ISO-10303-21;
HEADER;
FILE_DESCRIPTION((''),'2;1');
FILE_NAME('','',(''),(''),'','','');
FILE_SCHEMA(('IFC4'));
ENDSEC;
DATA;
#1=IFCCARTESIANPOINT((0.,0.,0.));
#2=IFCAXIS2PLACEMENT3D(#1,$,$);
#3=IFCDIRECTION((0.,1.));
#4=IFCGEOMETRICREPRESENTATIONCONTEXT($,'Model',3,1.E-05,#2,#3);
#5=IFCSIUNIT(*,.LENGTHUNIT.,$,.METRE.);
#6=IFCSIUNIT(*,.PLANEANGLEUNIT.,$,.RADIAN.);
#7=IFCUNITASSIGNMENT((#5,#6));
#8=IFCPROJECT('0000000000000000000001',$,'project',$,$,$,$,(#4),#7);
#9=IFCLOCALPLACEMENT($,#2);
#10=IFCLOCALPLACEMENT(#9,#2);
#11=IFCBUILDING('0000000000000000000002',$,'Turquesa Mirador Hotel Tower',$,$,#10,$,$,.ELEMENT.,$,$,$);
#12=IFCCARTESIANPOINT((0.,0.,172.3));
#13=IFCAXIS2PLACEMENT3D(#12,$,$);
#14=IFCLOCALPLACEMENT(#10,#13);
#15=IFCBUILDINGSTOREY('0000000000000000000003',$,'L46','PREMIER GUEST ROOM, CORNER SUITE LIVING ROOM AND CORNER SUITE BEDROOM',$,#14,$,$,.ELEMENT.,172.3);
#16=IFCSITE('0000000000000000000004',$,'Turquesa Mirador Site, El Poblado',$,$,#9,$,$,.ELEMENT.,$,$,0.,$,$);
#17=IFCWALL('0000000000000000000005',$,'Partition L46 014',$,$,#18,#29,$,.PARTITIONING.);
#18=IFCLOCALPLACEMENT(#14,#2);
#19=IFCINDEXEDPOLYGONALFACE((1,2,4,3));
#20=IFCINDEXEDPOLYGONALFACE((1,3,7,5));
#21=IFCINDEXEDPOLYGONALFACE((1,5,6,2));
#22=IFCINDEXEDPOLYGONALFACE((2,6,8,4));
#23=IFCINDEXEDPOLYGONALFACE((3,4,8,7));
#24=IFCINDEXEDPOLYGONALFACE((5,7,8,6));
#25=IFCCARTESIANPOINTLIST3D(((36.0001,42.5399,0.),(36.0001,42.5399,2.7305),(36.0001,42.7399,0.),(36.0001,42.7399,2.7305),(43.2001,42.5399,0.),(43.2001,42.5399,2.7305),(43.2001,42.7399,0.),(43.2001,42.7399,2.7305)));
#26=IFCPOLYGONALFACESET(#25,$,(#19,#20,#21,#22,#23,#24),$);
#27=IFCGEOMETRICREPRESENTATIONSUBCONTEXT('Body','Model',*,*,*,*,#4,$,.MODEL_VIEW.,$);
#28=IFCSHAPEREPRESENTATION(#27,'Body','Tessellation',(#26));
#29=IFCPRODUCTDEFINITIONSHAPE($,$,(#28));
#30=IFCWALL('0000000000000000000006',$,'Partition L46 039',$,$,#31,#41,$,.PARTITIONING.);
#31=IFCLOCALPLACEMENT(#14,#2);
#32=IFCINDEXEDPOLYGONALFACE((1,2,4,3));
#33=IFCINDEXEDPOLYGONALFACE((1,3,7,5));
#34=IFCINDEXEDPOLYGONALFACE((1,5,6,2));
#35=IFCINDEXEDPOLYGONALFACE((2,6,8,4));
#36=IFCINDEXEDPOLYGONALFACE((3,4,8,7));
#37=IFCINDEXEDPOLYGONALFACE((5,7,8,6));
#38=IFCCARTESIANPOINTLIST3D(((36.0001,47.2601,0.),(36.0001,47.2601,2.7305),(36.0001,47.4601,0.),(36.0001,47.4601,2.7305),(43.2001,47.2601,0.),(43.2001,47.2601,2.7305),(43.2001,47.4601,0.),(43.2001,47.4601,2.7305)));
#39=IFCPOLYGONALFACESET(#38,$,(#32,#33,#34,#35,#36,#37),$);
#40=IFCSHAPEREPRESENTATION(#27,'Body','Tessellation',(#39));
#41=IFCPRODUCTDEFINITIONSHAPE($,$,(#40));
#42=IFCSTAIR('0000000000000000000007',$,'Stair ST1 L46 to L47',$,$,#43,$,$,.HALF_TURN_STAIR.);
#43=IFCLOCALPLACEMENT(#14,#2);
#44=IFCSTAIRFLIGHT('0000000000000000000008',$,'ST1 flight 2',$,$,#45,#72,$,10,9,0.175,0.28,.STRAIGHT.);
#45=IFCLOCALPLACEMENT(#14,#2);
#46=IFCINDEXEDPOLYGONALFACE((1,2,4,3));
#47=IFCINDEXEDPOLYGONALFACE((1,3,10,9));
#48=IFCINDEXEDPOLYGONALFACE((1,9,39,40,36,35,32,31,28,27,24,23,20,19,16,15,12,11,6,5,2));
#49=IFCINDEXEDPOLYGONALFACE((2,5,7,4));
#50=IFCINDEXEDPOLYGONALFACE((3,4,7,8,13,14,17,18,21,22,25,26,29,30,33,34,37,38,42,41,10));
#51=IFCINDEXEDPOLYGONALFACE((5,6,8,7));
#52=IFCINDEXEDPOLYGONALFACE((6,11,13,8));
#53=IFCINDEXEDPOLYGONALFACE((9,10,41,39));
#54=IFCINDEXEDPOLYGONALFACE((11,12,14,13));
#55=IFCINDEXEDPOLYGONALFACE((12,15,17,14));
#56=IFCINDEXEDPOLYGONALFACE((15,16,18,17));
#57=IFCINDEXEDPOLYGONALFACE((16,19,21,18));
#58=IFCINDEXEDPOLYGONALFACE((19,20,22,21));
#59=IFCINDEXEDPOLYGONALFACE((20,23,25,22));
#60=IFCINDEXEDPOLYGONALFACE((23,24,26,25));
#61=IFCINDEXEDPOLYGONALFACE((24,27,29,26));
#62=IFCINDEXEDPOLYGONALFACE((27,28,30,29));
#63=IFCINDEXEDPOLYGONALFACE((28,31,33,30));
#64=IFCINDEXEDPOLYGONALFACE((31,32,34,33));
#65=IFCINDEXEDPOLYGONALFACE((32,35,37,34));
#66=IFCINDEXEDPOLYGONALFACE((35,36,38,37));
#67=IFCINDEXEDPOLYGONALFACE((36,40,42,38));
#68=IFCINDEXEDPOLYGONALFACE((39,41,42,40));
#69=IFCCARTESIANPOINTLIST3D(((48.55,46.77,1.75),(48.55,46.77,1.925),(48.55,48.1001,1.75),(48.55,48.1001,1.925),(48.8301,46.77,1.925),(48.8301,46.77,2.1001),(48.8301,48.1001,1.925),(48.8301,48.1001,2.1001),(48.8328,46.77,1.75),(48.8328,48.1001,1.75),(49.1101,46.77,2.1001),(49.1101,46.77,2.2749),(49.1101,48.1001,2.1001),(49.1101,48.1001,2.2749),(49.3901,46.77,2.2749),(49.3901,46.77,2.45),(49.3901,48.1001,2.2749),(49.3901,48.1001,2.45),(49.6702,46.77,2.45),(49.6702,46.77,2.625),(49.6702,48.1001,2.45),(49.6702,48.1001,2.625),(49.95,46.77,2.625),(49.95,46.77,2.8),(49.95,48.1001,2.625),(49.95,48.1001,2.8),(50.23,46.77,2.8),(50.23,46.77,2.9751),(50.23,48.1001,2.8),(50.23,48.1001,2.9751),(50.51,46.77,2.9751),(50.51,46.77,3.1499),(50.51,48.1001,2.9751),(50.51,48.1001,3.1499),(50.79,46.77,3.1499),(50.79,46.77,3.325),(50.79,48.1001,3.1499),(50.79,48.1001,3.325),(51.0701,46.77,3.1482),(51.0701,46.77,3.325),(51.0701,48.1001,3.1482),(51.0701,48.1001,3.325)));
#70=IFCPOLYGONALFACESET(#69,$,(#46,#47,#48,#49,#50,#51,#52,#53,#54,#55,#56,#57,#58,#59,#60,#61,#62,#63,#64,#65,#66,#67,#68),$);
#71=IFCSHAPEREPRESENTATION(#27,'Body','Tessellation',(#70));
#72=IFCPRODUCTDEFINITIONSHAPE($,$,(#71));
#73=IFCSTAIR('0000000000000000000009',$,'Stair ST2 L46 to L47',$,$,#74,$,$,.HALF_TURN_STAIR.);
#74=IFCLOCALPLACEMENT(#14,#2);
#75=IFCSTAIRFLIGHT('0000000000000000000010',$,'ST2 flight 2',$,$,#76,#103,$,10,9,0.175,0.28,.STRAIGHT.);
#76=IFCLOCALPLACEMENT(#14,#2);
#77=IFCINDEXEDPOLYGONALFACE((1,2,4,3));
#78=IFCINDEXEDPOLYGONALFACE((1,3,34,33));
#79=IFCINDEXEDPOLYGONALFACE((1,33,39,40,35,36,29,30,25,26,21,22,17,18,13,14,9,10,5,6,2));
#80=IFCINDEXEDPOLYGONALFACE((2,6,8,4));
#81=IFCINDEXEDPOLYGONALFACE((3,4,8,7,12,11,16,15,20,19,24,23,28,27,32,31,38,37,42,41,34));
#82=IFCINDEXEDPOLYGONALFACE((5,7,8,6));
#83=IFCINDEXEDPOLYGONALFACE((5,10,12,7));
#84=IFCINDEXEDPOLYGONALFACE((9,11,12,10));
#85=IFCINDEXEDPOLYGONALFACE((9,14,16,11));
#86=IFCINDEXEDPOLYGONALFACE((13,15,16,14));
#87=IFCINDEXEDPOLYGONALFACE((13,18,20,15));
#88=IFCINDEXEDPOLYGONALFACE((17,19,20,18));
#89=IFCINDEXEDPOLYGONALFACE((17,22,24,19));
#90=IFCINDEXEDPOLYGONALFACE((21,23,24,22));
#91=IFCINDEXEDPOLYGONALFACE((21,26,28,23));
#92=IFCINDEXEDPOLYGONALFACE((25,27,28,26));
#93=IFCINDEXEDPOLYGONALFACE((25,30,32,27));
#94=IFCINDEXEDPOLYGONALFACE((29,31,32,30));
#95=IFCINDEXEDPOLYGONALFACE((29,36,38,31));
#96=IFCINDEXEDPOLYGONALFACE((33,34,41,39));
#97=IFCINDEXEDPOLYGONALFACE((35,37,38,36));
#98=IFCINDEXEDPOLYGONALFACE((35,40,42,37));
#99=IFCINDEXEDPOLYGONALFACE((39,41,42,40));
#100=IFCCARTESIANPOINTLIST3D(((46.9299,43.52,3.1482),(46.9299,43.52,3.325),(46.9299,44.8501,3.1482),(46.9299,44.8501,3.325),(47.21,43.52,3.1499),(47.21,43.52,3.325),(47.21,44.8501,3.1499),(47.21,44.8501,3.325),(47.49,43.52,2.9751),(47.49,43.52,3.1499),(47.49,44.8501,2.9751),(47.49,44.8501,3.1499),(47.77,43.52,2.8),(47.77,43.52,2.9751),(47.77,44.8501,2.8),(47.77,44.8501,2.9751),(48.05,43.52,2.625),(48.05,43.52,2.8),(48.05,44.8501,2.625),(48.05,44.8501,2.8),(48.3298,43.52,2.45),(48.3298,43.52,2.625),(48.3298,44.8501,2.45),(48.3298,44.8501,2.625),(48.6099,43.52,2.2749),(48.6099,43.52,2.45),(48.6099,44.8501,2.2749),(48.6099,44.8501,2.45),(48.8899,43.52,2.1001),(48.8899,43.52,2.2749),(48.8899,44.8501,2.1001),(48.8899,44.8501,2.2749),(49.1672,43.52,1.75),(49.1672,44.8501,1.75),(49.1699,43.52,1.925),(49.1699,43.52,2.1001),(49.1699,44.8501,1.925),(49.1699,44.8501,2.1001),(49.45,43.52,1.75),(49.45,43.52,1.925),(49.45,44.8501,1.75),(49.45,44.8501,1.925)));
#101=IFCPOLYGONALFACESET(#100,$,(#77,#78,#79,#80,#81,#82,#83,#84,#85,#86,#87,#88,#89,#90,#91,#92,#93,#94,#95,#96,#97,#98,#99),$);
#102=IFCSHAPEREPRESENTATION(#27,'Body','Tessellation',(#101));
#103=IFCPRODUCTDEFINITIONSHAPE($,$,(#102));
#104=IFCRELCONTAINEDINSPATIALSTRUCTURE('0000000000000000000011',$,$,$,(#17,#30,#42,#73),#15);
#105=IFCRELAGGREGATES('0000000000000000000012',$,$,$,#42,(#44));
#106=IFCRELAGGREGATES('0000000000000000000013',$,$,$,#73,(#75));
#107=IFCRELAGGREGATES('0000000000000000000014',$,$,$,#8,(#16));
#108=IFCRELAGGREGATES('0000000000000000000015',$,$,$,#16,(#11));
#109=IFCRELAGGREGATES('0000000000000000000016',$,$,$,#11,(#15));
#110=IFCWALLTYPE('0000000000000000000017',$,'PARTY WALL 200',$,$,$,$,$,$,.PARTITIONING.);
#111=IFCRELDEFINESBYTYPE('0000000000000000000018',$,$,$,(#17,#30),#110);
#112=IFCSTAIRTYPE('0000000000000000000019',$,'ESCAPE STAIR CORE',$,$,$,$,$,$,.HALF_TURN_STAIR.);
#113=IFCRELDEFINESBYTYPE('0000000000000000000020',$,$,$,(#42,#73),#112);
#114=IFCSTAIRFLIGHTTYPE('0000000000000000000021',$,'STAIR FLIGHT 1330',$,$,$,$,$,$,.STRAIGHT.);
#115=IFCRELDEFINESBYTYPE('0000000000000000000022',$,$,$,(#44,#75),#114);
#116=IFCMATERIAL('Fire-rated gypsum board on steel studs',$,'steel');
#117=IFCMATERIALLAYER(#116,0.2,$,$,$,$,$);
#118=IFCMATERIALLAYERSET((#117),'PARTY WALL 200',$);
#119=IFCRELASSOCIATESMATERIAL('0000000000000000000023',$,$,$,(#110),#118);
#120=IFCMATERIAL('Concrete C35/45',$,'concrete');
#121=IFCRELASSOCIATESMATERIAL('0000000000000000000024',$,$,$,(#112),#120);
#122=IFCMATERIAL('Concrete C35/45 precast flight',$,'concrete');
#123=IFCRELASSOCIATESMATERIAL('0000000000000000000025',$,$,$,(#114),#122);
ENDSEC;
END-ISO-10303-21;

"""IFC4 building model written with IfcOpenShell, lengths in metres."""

from ifc_helpers import new_model, si_unit, direction, frame, frame_2d, origin, place, context, subcontext, project, spatial, polyline, rectangle, outline, extrude, material, layer, layer_set, type_object, element, aggregate, save


model = new_model("IFC4")

# Units and contexts
model_context = context("Model", 3, precision=1e-05, world=origin(), true_north=direction((0.0, 1.0)))
body_context = subcontext(model_context, "Body", "Model", "MODEL_VIEW")
ifc_project = project(units=[si_unit("LENGTHUNIT", "METRE"), si_unit("PLANEANGLEUNIT", "RADIAN")], contexts=[model_context])

# Site, building, storey
site_placement = place(None, origin())
site = spatial("IfcSite", under=ifc_project, at=site_placement, Name="Turquesa Mirador Site, El Poblado", CompositionType="ELEMENT", RefElevation=0.0)
building_placement = place(site_placement, origin())
building = spatial("IfcBuilding", under=site, at=building_placement, Name="Turquesa Mirador Hotel Tower", CompositionType="ELEMENT")
storey_placement = place(building_placement, frame((0.0, 0.0, 172.3)))
storey = spatial("IfcBuildingStorey", under=building, at=storey_placement, Name="L46", Description="PREMIER GUEST ROOM, CORNER SUITE LIVING ROOM AND CORNER SUITE BEDROOM", CompositionType="ELEMENT", Elevation=172.3)

# Walls
ifc_material_1 = material(Name="Fire-rated gypsum board on steel studs", Category="steel")
ifc_layer_1 = layer(ifc_material_1, 0.2)
ifc_layer_set_1 = layer_set([ifc_layer_1], Name="PARTY WALL 200")
wall_type_1 = type_object("IfcWallType", Name="PARTY WALL 200", PredefinedType="PARTITIONING", material=ifc_layer_set_1)
for number, where, z_axis, x_axis, name in (
    (1, (36.0, 42.6399, 0.0), (0.0, 0.0, 1.0), (1.0, 0.0, 0.0), "Partition L46 014"),
    (2, (36.0, 47.3601, 0.0), (0.0, 0.0, 1.0), (1.0, 0.0, 0.0), "Partition L46 039"),
):
    element("IfcWall", number, at=place(storey_placement, frame(where, z_axis=z_axis, x_axis=x_axis)), inside=storey, type_object=wall_type_1, Name=name, PredefinedType="PARTITIONING", context=body_context, shape_type="SweptSolid", body=[
        extrude(rectangle(XDim=7.2, YDim=0.2, at=frame_2d((3.6001, 0.0))), origin(), (0.0, 0.0, 1.0), 2.7305),
    ])

# Stairs, stair flights
ifc_material_2 = material(Name="Concrete C35/45", Category="concrete")
stair_type = type_object("IfcStairType", Name="ESCAPE STAIR CORE", PredefinedType="HALF_TURN_STAIR", material=ifc_material_2)
stair_1_placement = place(storey_placement, origin())
stair_1 = element("IfcStair", 3, at=stair_1_placement, inside=storey, type_object=stair_type, Name="Stair ST1 L46 to L47", PredefinedType="HALF_TURN_STAIR")
ifc_material_3 = material(Name="Concrete C35/45 precast flight", Category="concrete")
stair_flight_type = type_object("IfcStairFlightType", Name="STAIR FLIGHT 1330", PredefinedType="STRAIGHT", material=ifc_material_3)
stair_flight_1_placement = place(storey_placement, frame((48.55, 47.4351, 1.75), z_axis=(0.0, 0.0, 1.0), x_axis=(1.0, 0.0, 0.0)))
stair_flight_1 = element("IfcStairFlight", 4, at=stair_flight_1_placement, type_object=stair_flight_type, Name="ST1 flight 2", NumberOfRisers=10, NumberOfTreads=9, PredefinedType="STRAIGHT", RiserHeight=0.175, TreadLength=0.28, context=body_context, shape_type="SweptSolid", body=[
    extrude(outline(polyline([(0.0, 0.0), (0.0, 0.175), (0.28, 0.175), (0.28, 0.3501), (0.5601, 0.3501), (0.5601, 0.5249), (0.8401, 0.5249), (0.8401, 0.7), (1.1201, 0.7), (1.1201, 0.875), (1.3999, 0.875), (1.3999, 1.05), (1.6799, 1.05), (1.6799, 1.2251), (1.96, 1.2251), (1.96, 1.3999), (2.24, 1.3999), (2.24, 1.575), (2.52, 1.575), (2.52, 1.75), (2.52, 1.3982), (0.2827, 0.0), (0.0, 0.0)])), frame((0.0, 0.665, 0.0), z_axis=(0.0, -1.0, 0.0), x_axis=(1.0, 0.0, 0.0)), (0.0, 0.0, 1.0), 1.3301),
])
aggregate(stair_1, [stair_flight_1])
stair_2_placement = place(storey_placement, origin())
stair_2 = element("IfcStair", 5, at=stair_2_placement, inside=storey, type_object=stair_type, Name="Stair ST2 L46 to L47", PredefinedType="HALF_TURN_STAIR")
stair_flight_2_placement = place(storey_placement, frame((49.45, 44.1851, 1.75), z_axis=(0.0, 0.0, 1.0), x_axis=(-1.0, 0.0, 0.0)))
stair_flight_2 = element("IfcStairFlight", 6, at=stair_flight_2_placement, type_object=stair_flight_type, Name="ST2 flight 2", NumberOfRisers=10, NumberOfTreads=9, PredefinedType="STRAIGHT", RiserHeight=0.175, TreadLength=0.28, context=body_context, shape_type="SweptSolid", body=[
    extrude(outline(polyline([(0.0, 0.0), (0.0, 0.175), (0.28, 0.175), (0.28, 0.3501), (0.5601, 0.3501), (0.5601, 0.5249), (0.8401, 0.5249), (0.8401, 0.7), (1.1201, 0.7), (1.1201, 0.875), (1.3999, 0.875), (1.3999, 1.05), (1.6799, 1.05), (1.6799, 1.2251), (1.96, 1.2251), (1.96, 1.3999), (2.24, 1.3999), (2.24, 1.575), (2.52, 1.575), (2.52, 1.75), (2.52, 1.3982), (0.2827, 0.0), (0.0, 0.0)])), frame((0.0, 0.665, 0.0), z_axis=(0.0, -1.0, 0.0), x_axis=(1.0, 0.0, 0.0)), (0.0, 0.0, 1.0), 1.3301),
])
aggregate(stair_2, [stair_flight_2])

save(model, "model.ifc")
